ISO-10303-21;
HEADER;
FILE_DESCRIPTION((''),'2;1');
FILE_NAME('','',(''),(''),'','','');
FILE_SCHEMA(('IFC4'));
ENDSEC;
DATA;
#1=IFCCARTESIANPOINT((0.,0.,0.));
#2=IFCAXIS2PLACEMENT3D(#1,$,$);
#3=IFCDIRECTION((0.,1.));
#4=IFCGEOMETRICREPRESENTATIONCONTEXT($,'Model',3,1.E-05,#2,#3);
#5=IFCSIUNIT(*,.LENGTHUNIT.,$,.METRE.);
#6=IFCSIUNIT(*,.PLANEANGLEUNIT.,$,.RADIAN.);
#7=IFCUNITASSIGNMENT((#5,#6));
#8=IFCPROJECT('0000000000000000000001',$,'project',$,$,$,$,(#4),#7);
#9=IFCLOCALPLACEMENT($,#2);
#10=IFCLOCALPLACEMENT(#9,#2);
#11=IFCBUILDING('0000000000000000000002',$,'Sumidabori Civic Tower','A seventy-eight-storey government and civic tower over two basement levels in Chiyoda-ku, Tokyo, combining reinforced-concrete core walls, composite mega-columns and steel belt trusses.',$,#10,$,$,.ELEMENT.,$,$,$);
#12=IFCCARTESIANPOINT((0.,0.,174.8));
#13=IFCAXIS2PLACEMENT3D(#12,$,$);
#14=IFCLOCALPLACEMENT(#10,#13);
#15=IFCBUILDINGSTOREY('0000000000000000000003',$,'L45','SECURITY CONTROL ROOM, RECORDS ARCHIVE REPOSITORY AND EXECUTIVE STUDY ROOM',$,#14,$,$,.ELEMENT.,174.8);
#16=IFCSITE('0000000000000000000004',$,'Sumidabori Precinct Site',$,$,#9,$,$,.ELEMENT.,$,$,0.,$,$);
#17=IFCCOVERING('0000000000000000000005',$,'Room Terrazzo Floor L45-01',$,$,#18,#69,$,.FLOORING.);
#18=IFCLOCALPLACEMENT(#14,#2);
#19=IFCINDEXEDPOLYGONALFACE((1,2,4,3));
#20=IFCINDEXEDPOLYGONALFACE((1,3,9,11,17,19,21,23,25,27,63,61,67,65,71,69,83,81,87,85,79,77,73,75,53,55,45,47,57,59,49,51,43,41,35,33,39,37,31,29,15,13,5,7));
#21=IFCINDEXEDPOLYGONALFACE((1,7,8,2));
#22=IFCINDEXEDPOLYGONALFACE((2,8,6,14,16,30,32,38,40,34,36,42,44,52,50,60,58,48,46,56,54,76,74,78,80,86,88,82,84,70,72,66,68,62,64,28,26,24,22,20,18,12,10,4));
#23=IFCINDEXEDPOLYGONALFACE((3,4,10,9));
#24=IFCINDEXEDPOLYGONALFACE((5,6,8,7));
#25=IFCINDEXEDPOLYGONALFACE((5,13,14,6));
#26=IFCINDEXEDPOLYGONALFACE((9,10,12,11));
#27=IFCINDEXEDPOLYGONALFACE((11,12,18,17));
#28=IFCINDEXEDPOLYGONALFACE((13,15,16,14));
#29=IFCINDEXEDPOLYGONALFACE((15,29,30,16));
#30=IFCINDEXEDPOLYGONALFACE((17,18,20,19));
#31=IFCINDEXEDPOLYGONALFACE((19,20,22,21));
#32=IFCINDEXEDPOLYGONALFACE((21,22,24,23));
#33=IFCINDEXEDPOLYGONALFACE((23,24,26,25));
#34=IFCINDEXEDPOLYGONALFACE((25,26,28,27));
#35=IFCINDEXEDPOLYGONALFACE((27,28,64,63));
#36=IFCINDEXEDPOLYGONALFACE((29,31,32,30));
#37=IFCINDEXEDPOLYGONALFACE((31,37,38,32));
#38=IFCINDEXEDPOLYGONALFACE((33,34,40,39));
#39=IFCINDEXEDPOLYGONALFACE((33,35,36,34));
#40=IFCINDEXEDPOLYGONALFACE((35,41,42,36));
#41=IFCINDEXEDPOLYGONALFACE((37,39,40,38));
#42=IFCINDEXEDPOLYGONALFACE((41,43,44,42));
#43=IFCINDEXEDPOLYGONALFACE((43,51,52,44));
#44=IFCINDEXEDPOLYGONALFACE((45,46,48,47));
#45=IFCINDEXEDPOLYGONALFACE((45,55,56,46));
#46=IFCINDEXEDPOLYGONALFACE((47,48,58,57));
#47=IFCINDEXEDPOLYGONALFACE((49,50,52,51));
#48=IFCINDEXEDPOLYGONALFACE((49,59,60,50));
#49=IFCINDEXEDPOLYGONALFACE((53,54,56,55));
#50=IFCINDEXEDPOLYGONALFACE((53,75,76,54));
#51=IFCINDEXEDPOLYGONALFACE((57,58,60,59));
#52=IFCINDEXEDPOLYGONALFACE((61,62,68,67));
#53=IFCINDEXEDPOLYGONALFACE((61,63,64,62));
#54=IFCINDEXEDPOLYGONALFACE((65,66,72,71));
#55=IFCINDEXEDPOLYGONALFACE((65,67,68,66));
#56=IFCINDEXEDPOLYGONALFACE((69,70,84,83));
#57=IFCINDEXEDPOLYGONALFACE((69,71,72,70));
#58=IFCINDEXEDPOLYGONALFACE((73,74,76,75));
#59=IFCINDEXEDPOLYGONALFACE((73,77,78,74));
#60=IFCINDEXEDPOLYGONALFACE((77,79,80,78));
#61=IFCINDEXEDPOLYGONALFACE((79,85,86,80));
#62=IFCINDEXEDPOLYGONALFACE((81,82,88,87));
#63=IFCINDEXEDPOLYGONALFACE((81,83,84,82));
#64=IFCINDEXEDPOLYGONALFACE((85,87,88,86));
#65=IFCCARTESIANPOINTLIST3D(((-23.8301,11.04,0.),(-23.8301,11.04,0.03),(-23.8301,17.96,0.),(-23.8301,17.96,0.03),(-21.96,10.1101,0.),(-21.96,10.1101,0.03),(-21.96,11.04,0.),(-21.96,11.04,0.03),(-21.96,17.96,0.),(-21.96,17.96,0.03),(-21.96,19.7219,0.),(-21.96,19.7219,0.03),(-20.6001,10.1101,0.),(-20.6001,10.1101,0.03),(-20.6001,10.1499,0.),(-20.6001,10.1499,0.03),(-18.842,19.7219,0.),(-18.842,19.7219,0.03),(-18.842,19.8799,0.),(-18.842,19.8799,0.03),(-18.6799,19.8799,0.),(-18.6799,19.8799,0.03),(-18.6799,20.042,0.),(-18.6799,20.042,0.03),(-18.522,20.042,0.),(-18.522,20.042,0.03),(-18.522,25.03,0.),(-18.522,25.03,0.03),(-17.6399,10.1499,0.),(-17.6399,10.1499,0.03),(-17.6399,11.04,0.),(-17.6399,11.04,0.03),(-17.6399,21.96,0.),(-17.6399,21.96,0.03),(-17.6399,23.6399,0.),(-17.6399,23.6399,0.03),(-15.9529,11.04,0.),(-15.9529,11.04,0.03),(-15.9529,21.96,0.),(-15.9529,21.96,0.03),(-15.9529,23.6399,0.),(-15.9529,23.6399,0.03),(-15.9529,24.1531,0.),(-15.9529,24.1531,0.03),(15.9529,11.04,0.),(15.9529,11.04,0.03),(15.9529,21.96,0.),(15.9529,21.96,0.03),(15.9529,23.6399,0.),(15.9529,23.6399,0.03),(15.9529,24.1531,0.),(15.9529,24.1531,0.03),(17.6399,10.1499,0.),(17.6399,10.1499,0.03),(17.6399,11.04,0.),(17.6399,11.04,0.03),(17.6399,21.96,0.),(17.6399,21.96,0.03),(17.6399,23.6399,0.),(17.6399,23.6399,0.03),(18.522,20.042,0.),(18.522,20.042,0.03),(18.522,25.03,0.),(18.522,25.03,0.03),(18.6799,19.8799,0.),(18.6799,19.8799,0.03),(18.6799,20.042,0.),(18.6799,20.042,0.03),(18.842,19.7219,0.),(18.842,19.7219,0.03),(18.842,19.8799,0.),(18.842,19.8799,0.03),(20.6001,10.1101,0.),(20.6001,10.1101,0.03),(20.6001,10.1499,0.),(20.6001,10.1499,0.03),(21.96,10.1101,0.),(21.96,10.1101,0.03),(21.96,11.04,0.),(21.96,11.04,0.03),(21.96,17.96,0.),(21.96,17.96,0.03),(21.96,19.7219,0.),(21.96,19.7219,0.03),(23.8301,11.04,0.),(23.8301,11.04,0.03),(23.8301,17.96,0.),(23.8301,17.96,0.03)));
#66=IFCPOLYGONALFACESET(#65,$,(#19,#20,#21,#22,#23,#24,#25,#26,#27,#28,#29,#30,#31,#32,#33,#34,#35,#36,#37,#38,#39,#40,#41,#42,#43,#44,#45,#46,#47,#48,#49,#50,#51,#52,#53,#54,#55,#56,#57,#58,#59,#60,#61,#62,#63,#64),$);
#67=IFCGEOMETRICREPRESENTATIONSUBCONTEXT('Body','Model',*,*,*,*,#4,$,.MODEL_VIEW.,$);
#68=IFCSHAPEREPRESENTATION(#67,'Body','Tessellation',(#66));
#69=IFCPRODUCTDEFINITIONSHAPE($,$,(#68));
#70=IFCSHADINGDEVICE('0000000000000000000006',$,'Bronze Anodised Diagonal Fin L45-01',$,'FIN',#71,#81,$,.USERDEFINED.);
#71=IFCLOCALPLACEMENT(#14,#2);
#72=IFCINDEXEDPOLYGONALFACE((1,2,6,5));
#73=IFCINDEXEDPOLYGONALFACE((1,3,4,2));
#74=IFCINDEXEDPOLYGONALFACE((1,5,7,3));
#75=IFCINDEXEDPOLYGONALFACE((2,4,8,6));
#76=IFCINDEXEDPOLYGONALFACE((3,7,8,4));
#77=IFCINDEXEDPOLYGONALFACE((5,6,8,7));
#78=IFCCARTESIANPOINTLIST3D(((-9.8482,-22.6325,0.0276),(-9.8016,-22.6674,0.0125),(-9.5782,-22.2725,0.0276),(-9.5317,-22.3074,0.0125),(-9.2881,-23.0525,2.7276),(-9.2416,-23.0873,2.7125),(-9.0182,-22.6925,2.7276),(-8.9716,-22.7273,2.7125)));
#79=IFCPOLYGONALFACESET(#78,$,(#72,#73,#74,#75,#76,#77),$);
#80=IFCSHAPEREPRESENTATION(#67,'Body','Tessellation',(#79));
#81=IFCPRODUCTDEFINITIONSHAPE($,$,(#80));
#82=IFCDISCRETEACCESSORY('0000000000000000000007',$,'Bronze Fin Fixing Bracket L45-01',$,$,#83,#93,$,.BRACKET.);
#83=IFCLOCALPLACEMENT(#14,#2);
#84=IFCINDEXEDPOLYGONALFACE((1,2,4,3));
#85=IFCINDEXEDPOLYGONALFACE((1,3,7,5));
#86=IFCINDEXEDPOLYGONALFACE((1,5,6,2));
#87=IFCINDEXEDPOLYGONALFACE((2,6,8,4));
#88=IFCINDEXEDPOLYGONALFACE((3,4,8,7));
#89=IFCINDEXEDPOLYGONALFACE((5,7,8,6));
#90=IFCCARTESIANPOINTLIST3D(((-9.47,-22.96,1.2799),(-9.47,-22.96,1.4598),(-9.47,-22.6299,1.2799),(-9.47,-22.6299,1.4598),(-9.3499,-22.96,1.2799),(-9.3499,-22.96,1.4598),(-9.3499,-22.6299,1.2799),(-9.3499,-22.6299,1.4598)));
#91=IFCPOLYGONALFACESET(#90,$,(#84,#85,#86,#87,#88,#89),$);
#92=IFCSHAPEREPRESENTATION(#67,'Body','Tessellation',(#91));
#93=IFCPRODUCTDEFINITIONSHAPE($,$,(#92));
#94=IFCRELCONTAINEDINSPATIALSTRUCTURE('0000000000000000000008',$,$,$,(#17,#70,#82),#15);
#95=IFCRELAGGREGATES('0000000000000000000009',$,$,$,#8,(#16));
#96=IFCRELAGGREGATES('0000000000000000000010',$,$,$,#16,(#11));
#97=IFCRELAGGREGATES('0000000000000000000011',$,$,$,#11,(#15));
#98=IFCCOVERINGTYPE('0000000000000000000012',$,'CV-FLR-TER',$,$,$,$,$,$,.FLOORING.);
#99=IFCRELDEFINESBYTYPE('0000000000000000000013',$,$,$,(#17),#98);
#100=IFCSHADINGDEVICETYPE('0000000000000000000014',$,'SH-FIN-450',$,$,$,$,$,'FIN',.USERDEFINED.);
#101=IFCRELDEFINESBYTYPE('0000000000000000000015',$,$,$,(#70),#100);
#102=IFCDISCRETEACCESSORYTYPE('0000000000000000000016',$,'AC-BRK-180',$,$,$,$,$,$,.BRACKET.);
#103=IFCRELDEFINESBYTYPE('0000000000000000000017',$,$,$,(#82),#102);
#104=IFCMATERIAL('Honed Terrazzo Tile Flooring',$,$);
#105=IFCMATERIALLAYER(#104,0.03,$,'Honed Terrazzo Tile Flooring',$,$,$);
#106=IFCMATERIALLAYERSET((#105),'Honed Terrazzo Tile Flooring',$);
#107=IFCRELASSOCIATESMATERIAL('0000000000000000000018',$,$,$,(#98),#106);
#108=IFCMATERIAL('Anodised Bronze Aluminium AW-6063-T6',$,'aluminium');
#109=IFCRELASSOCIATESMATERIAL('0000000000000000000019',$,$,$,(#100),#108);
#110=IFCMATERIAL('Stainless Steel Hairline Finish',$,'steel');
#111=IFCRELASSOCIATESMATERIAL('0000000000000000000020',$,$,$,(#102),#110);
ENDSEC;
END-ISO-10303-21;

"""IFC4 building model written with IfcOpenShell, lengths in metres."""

from ifc_helpers import new_model, si_unit, direction, frame, origin, origin_2d, place, context, subcontext, project, spatial, polyline, rectangle, outline, extrude, source, transform, mapped, material, layer, layer_set, material_profile, profile_set, type_object, element, save


model = new_model("IFC4")

# Units and contexts
model_context = context("Model", 3, precision=1e-05, world=origin(), true_north=direction((0.0, 1.0)))
body_context = subcontext(model_context, "Body", "Model", "MODEL_VIEW")
ifc_project = project(units=[si_unit("LENGTHUNIT", "METRE"), si_unit("PLANEANGLEUNIT", "RADIAN")], contexts=[model_context])

# Site, building, storey
site_placement = place(None, origin())
site = spatial("IfcSite", under=ifc_project, at=site_placement, Name="Sumidabori Precinct Site", CompositionType="ELEMENT", RefElevation=0.0)
building_placement = place(site_placement, origin())
building = spatial("IfcBuilding", under=site, at=building_placement, Name="Sumidabori Civic Tower", Description="A seventy-eight-storey government and civic tower over two basement levels in Chiyoda-ku, Tokyo, combining reinforced-concrete core walls, composite mega-columns and steel belt trusses.", CompositionType="ELEMENT")
storey_placement = place(building_placement, frame((0.0, 0.0, 174.8)))
storey = spatial("IfcBuildingStorey", under=building, at=storey_placement, Name="L45", Description="SECURITY CONTROL ROOM, RECORDS ARCHIVE REPOSITORY AND EXECUTIVE STUDY ROOM", CompositionType="ELEMENT", Elevation=174.8)

# Shared definitions
ifc_material_1 = material(Name="Anodised Bronze Aluminium AW-6063-T6", Category="aluminium")

# Covering
ifc_material_2 = material(Name="Honed Terrazzo Tile Flooring")
ifc_layer_1 = layer(ifc_material_2, 0.03, Name="Honed Terrazzo Tile Flooring")
ifc_layer_set_1 = layer_set([ifc_layer_1], Name="Honed Terrazzo Tile Flooring")
covering_type_1 = type_object("IfcCoveringType", Name="CV-FLR-TER", PredefinedType="FLOORING", material=ifc_layer_set_1)
covering_1_placement = place(storey_placement, origin())
element("IfcCovering", 1, at=covering_1_placement, inside=storey, type_object=covering_type_1, Name="Room Terrazzo Floor L45-01", PredefinedType="FLOORING", context=body_context, shape_type="SweptSolid", body=[
    extrude(outline(polyline([(-20.6001, 10.1101), (-21.96, 10.1101), (-21.96, 11.04), (-23.8301, 11.04), (-23.8301, 17.96), (-21.96, 17.96), (-21.96, 19.7219), (-18.842, 19.7219), (-18.842, 19.8799), (-18.6799, 19.8799), (-18.6799, 20.042), (-18.522, 20.042), (-18.522, 25.03), (18.522, 25.03), (18.522, 20.042), (18.6799, 20.042), (18.6799, 19.8799), (18.842, 19.8799), (18.842, 19.7219), (21.96, 19.7219), (21.96, 17.96), (23.8301, 17.96), (23.8301, 11.04), (21.96, 11.04), (21.96, 10.1101), (20.6001, 10.1101), (20.6001, 10.1499), (17.6399, 10.1499), (17.6399, 11.04), (15.9529, 11.04), (15.9529, 21.96), (17.6399, 21.96), (17.6399, 23.6399), (15.9529, 23.6399), (15.9529, 24.1531), (-15.9529, 24.1531), (-15.9529, 23.6399), (-17.6399, 23.6399), (-17.6399, 21.96), (-15.9529, 21.96), (-15.9529, 11.04), (-17.6399, 11.04), (-17.6399, 10.1499), (-20.6001, 10.1499), (-20.6001, 10.1101)])), origin(), (0.0, 0.0, 1.0), 0.03),
])

# Shading device
ifc_material_profile_1 = material_profile(ifc_material_1, rectangle(XDim=0.0601, YDim=0.45, at=origin_2d()), Name="BRONZE FIN 450x60")
ifc_profile_set_1 = profile_set([ifc_material_profile_1], Name="Anodised Bronze Aluminium AW-6063-T6")
shading_device_type = type_object("IfcShadingDeviceType", Name="SH-FIN-450", ElementType="FIN", PredefinedType="USERDEFINED", material=ifc_profile_set_1)
shared_shape_1 = source(origin(), body_context, "Body", "SweptSolid", [
    extrude(rectangle(XDim=0.0601, YDim=0.45, at=origin_2d()), origin(), (0.0, 0.0, 1.0), 2.7893),
])
shading_device_placement = place(storey_placement, frame((-9.6899, -22.47, 0.02), z_axis=(0.200794, -0.150552, 0.967996), x_axis=(0.774478, -0.580689, -0.250966)))
element("IfcShadingDevice", 2, at=shading_device_placement, inside=storey, type_object=shading_device_type, Name="Bronze Anodised Diagonal Fin L45-01", ObjectType="FIN", PredefinedType="USERDEFINED", context=body_context, shape_type="MappedRepresentation", body=[
    mapped(shared_shape_1, transform((0.0, 0.0, 0.0), x_axis=(1.0, 0.0, 0.0), y_axis=(0.0, 1.0, 0.0), z_axis=(0.0, 0.0, 1.0), scale=1.0)),
])

# Discrete accessory
ifc_material_3 = material(Name="Stainless Steel Hairline Finish", Category="steel")
ifc_material_profile_2 = material_profile(ifc_material_3, rectangle(XDim=0.1201, YDim=0.1799, at=origin_2d()), Name="STEEL BRACKET 180x120")
ifc_profile_set_2 = profile_set([ifc_material_profile_2], Name="Stainless Steel Hairline Finish")
discrete_accessory_type = type_object("IfcDiscreteAccessoryType", Name="AC-BRK-180", PredefinedType="BRACKET", material=ifc_profile_set_2)
shared_shape_2 = source(origin(), body_context, "Body", "SweptSolid", [
    extrude(rectangle(XDim=0.1201, YDim=0.1799, at=origin_2d()), origin(), (0.0, 0.0, 1.0), 0.3301),
])
discrete_accessory_placement = place(storey_placement, frame((-9.4099, -22.6299, 1.3699), z_axis=(0.0, -1.0, 0.0), x_axis=(1.0, 0.0, 0.0)))
element("IfcDiscreteAccessory", 3, at=discrete_accessory_placement, inside=storey, type_object=discrete_accessory_type, Name="Bronze Fin Fixing Bracket L45-01", PredefinedType="BRACKET", context=body_context, shape_type="MappedRepresentation", body=[
    mapped(shared_shape_2, transform((0.0, 0.0, 0.0), x_axis=(1.0, 0.0, 0.0), y_axis=(0.0, 1.0, 0.0), z_axis=(0.0, 0.0, 1.0), scale=1.0)),
])

save(model, "model.ifc")
